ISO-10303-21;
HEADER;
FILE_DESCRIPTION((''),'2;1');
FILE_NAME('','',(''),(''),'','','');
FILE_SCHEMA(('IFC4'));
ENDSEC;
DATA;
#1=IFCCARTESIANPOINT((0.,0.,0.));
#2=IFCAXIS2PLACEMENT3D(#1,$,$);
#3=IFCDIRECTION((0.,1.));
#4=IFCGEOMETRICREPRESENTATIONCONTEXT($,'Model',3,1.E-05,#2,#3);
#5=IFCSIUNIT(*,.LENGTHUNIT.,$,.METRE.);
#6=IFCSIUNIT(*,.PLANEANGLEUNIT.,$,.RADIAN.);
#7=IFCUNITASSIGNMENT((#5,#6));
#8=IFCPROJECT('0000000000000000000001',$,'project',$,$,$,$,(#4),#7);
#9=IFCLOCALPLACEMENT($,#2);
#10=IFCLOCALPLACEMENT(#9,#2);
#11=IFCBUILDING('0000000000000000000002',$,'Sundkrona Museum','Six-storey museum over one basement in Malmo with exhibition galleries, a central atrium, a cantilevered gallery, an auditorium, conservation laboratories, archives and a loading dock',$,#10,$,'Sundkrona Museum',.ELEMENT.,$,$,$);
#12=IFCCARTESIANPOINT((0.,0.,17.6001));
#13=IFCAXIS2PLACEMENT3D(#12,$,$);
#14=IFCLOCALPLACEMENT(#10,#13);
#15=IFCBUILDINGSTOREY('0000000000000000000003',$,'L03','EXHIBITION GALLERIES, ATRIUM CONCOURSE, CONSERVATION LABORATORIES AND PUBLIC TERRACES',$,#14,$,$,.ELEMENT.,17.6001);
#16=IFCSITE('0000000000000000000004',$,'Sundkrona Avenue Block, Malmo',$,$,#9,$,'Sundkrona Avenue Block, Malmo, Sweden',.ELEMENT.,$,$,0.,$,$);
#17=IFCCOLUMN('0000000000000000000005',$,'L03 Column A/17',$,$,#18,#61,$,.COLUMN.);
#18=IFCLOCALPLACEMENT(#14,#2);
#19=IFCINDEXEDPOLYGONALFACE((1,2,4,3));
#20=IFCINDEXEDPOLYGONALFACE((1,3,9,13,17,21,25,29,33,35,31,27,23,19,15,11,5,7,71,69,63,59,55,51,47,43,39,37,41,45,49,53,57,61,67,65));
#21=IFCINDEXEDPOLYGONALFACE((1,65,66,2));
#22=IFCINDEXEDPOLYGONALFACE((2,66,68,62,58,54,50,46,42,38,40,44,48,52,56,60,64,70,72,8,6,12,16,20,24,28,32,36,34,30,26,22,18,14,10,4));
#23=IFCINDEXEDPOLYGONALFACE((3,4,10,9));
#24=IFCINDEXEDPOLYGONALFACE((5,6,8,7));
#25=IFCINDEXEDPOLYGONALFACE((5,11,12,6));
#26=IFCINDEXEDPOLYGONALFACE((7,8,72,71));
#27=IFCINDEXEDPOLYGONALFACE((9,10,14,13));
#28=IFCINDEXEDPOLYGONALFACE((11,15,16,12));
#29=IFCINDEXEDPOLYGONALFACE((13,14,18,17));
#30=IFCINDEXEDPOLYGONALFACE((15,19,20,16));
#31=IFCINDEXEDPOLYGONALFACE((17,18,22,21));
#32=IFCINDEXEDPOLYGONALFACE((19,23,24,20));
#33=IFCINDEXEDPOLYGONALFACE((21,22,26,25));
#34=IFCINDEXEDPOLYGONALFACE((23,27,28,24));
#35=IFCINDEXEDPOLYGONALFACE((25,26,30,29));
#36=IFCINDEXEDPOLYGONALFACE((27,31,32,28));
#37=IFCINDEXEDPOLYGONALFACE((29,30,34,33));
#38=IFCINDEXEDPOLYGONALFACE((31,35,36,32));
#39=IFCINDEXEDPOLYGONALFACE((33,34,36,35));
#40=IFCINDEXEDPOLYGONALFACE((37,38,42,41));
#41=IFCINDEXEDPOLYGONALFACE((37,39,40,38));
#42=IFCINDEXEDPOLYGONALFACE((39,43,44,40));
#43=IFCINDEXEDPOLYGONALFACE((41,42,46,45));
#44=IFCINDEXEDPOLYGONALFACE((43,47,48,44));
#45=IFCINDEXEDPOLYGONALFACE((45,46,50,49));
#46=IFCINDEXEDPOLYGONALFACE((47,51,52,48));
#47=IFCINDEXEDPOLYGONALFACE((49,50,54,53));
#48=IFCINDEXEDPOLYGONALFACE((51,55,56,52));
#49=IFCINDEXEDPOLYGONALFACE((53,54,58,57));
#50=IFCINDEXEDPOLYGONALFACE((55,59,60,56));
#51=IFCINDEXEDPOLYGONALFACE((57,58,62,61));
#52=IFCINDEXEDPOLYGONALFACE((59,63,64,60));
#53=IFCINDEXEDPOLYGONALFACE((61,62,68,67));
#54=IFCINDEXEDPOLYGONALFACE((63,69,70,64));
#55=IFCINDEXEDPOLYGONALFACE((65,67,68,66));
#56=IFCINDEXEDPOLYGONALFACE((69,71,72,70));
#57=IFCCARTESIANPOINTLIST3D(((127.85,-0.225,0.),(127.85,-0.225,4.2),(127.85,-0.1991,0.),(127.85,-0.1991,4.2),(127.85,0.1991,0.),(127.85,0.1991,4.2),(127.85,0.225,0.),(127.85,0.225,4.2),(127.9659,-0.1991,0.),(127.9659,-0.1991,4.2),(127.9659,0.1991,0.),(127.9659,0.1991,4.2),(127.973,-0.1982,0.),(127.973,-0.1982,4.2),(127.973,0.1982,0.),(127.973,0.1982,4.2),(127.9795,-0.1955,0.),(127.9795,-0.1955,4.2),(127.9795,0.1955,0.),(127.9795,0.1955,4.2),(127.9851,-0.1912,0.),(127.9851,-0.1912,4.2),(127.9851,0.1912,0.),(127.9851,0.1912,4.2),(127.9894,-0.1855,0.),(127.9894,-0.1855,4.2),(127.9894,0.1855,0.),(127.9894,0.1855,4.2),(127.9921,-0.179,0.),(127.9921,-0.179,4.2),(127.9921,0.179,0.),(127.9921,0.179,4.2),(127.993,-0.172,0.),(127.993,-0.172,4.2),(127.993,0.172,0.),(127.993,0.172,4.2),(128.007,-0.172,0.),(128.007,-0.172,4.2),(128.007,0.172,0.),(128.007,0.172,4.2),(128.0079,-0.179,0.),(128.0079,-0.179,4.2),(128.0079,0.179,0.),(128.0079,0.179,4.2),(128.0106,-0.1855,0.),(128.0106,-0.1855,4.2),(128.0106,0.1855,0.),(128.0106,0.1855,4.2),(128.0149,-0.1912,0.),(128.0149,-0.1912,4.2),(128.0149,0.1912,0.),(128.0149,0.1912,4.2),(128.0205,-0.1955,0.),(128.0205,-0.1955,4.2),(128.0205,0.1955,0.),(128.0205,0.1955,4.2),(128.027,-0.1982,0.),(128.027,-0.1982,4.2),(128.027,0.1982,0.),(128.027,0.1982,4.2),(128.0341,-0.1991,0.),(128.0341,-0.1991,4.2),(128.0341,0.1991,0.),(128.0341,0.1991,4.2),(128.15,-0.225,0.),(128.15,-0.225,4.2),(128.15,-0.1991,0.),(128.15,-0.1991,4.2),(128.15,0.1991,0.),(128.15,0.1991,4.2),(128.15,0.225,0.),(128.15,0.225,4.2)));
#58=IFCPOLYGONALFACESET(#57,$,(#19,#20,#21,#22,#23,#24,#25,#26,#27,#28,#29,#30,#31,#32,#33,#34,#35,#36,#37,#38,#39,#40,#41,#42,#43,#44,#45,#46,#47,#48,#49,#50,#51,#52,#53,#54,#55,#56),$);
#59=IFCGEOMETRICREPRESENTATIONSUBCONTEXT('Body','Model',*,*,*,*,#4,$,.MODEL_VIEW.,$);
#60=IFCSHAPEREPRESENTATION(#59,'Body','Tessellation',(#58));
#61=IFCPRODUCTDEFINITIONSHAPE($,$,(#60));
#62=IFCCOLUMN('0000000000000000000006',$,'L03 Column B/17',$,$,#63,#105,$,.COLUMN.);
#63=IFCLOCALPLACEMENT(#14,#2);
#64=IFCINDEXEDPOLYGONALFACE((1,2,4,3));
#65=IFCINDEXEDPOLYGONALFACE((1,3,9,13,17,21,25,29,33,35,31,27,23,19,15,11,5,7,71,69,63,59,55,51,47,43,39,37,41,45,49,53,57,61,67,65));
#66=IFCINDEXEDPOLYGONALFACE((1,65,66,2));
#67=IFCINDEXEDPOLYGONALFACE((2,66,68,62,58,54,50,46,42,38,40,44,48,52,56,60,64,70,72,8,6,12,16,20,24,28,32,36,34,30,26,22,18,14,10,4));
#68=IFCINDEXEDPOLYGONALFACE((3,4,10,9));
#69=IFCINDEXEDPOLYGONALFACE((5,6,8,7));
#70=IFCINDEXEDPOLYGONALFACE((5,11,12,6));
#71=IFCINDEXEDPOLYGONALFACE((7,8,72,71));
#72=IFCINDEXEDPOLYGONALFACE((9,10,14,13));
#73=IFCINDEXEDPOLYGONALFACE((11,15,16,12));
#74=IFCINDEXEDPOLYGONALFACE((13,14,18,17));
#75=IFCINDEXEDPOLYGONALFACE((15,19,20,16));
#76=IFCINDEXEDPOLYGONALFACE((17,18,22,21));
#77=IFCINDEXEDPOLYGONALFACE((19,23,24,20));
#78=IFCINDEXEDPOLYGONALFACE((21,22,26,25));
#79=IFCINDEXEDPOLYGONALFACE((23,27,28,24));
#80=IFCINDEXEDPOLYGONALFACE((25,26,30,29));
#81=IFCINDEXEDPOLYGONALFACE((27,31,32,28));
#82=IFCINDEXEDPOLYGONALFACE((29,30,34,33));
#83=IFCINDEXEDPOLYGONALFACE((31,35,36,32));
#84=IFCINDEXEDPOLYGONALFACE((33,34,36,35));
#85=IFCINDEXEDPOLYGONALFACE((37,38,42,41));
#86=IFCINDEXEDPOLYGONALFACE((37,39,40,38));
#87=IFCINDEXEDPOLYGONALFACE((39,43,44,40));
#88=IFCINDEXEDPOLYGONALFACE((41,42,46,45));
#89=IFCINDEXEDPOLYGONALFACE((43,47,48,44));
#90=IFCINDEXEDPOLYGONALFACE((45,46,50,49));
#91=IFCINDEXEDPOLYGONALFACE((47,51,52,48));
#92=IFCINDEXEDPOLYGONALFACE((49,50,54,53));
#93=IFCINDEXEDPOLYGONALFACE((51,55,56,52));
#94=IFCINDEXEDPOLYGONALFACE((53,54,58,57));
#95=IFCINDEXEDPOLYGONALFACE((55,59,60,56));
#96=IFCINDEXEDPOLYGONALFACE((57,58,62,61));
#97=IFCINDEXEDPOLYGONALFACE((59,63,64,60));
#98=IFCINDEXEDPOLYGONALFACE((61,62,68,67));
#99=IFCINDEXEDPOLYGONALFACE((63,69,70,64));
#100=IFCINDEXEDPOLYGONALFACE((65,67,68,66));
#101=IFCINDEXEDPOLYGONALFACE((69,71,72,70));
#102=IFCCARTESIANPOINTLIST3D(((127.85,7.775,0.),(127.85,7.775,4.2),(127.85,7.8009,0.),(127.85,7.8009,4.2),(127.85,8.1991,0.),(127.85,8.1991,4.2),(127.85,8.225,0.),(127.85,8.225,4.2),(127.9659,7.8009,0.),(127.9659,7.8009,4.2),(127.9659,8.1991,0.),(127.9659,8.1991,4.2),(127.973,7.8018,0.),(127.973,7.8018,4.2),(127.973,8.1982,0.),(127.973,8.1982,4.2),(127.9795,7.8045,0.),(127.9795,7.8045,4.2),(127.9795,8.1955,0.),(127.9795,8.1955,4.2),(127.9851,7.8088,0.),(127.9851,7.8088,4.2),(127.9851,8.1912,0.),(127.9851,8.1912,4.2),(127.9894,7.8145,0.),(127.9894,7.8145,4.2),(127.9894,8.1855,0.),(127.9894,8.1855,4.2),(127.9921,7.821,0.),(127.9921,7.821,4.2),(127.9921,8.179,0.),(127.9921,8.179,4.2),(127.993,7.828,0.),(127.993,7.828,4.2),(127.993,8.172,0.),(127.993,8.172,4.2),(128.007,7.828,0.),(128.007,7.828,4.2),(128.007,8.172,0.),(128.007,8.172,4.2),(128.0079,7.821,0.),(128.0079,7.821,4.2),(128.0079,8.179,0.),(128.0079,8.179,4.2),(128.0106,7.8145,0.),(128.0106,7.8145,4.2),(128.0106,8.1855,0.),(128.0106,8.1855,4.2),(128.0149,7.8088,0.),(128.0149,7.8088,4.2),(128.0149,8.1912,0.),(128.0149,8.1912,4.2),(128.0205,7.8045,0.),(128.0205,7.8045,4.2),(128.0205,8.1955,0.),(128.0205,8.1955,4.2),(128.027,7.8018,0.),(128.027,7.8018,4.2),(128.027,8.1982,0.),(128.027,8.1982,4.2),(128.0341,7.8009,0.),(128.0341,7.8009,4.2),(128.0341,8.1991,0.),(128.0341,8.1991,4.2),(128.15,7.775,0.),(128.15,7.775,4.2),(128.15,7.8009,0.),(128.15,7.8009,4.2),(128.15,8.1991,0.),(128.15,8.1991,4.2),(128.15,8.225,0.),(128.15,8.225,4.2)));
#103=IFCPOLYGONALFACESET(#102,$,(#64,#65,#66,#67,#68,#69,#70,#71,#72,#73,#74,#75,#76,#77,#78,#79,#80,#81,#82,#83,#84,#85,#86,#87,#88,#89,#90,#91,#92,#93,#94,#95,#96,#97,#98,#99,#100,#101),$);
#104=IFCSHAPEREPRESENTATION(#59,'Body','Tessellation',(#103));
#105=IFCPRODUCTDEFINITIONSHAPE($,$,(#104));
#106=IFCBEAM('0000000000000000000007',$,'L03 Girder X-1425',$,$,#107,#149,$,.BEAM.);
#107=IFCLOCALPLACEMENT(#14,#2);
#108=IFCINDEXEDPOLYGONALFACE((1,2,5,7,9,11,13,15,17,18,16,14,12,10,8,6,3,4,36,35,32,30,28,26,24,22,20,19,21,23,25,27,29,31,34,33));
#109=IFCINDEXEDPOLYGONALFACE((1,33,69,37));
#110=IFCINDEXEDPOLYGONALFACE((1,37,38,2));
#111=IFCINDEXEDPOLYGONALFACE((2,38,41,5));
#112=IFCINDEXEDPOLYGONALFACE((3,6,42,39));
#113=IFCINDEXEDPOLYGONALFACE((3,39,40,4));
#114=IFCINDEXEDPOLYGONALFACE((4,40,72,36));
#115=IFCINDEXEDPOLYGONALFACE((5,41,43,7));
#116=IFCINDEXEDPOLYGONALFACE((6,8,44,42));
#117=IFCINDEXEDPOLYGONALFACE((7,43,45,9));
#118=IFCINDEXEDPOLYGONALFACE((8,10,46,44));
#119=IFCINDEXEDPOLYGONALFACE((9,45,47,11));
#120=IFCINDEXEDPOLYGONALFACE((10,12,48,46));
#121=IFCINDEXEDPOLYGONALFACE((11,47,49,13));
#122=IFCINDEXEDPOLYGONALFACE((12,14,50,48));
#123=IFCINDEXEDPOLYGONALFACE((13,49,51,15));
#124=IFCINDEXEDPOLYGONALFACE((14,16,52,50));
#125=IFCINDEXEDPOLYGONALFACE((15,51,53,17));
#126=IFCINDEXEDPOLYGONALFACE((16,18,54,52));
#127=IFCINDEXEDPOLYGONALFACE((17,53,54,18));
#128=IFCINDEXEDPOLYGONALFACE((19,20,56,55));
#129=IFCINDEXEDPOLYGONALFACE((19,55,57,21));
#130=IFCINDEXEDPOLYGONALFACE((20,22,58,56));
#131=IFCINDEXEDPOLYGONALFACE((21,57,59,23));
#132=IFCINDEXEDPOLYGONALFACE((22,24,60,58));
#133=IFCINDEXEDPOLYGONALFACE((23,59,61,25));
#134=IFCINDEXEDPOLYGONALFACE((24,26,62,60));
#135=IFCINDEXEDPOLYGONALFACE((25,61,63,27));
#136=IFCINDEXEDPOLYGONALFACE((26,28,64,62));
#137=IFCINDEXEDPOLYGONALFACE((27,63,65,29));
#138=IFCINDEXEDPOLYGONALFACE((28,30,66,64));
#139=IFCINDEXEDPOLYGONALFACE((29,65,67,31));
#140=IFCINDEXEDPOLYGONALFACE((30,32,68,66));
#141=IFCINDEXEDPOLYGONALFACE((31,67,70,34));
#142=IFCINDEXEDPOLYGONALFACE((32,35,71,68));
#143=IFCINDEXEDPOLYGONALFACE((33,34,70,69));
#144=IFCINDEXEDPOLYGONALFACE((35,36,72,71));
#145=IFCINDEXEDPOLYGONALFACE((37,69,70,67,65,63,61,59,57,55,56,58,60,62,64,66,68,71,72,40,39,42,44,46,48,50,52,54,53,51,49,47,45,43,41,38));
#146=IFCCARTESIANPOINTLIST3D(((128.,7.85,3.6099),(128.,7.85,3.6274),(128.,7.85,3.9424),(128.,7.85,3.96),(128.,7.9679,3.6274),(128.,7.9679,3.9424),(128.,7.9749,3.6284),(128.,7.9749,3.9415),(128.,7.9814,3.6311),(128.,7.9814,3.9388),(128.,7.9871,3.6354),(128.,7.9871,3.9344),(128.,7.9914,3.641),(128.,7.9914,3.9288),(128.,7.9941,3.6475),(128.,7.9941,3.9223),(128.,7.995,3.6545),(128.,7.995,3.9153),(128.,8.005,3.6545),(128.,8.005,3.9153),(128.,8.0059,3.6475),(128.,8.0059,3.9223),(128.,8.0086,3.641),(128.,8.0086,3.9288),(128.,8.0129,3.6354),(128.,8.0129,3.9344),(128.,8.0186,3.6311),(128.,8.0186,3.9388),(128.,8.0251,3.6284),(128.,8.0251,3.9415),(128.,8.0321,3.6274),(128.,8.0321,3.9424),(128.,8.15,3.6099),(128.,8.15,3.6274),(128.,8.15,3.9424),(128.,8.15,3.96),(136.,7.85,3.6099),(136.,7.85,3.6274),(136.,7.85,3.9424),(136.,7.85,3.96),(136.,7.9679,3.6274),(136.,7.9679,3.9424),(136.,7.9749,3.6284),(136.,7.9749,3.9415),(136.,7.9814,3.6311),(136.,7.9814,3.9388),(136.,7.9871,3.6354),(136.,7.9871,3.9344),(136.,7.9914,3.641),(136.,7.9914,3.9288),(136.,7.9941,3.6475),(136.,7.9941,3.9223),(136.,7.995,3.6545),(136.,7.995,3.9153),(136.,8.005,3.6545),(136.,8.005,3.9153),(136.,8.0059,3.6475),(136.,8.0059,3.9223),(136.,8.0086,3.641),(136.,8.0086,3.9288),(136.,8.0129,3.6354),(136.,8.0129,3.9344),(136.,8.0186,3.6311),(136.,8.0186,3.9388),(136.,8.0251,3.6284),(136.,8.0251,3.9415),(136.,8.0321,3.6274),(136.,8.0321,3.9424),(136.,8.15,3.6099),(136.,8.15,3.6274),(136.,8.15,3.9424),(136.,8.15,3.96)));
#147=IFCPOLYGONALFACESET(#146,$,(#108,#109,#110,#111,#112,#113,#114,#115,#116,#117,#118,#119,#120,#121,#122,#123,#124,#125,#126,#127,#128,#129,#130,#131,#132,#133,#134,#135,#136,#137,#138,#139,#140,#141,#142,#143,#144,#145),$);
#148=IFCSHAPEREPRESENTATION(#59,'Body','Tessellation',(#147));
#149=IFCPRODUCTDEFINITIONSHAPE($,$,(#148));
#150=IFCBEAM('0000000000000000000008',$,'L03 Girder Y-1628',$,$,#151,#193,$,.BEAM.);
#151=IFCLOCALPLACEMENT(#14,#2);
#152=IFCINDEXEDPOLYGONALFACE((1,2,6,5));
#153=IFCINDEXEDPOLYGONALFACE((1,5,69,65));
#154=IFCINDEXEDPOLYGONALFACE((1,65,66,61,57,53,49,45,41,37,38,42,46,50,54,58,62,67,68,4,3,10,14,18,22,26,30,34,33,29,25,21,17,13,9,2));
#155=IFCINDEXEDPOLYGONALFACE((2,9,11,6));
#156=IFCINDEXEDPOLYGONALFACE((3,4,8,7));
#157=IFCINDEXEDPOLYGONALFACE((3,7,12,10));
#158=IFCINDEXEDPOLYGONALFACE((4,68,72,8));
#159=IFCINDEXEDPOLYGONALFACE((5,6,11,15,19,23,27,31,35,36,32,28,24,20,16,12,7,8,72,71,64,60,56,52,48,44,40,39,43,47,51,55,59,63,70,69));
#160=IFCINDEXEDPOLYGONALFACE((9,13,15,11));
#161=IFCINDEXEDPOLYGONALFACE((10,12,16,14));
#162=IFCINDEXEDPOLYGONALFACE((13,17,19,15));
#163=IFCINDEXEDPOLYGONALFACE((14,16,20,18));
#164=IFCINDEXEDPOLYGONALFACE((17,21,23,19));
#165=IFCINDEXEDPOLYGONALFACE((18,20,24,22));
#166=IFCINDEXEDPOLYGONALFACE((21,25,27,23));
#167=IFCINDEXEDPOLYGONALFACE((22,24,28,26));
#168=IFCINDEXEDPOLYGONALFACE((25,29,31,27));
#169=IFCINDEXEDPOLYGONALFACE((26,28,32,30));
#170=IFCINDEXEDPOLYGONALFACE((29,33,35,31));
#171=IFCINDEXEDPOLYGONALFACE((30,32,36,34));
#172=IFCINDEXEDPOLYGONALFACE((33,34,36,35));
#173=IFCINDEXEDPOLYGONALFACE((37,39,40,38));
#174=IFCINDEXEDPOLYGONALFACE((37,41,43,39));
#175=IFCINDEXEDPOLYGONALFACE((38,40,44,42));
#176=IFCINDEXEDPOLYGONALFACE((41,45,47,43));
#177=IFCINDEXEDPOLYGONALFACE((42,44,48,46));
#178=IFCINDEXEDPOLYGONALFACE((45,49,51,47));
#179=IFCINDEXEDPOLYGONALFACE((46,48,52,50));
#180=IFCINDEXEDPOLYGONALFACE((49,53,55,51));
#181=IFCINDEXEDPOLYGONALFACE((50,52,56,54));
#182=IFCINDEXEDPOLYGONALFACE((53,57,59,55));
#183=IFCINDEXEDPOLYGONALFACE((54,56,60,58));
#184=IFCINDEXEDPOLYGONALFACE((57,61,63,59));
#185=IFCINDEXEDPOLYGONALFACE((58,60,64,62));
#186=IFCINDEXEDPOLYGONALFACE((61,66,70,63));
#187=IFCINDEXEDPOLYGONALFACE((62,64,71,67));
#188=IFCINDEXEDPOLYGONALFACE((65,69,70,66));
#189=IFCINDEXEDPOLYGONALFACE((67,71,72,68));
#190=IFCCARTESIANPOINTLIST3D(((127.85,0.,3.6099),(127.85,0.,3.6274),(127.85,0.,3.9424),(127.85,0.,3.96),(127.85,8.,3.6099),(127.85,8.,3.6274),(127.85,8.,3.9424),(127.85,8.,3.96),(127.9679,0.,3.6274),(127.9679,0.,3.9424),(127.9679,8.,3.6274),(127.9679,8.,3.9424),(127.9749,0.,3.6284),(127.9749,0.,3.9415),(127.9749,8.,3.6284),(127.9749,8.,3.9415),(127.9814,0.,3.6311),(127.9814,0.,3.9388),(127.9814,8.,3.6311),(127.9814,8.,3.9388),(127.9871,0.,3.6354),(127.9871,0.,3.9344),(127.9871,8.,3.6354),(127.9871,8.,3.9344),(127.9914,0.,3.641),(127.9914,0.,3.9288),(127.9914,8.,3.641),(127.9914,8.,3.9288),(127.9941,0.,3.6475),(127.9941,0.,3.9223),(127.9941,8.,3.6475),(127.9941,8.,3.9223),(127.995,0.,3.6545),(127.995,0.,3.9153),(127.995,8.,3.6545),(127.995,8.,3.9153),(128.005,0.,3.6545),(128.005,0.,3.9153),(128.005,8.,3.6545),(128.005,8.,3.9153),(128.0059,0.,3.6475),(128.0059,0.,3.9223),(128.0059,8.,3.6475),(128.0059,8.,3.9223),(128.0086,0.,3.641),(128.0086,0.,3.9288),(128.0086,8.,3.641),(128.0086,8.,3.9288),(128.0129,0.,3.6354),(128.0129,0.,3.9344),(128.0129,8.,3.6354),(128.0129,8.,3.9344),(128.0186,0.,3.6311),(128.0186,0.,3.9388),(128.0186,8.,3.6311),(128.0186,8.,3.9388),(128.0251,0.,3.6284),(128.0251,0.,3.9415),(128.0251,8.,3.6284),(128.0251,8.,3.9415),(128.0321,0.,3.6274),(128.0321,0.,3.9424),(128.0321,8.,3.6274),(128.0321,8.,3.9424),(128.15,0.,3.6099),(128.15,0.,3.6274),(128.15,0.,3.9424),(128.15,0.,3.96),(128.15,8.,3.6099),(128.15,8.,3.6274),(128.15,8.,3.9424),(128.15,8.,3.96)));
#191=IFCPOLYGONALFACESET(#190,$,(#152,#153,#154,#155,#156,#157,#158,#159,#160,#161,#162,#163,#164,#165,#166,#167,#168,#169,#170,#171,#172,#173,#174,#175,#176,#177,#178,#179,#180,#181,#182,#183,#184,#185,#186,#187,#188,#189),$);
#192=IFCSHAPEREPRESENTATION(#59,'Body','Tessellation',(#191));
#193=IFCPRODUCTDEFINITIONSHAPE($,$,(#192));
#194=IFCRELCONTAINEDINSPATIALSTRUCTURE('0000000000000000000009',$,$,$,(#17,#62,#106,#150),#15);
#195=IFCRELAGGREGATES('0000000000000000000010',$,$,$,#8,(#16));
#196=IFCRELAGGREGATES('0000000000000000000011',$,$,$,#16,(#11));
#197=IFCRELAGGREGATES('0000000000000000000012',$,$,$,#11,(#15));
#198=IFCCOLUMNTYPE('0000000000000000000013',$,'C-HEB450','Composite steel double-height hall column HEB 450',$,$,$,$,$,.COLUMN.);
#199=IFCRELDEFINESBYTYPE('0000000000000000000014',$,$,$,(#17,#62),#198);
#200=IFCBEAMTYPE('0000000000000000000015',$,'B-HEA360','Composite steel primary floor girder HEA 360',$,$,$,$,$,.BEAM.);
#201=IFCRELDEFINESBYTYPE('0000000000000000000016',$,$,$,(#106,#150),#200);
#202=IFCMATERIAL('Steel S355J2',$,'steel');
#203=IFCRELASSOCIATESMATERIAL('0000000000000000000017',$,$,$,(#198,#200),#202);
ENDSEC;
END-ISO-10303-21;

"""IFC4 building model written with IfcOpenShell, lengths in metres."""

from ifc_helpers import new_model, si_unit, direction, frame, origin, origin_2d, place, context, subcontext, project, spatial, i_section, extrude, material, material_profile, profile_set, type_object, element, save


model = new_model("IFC4")

# Units and contexts
model_context = context("Model", 3, precision=1e-05, world=origin(), true_north=direction((0.0, 1.0)))
body_context = subcontext(model_context, "Body", "Model", "MODEL_VIEW")
ifc_project = project(units=[si_unit("LENGTHUNIT", "METRE"), si_unit("PLANEANGLEUNIT", "RADIAN")], contexts=[model_context])

# Site, building, storey
site_placement = place(None, origin())
site = spatial("IfcSite", under=ifc_project, at=site_placement, Name="Sundkrona Avenue Block, Malmo", LongName="Sundkrona Avenue Block, Malmo, Sweden", CompositionType="ELEMENT", RefElevation=0.0)
building_placement = place(site_placement, origin())
building = spatial("IfcBuilding", under=site, at=building_placement, Name="Sundkrona Museum", Description="Six-storey museum over one basement in Malmo with exhibition galleries, a central atrium, a cantilevered gallery, an auditorium, conservation laboratories, archives and a loading dock", LongName="Sundkrona Museum", CompositionType="ELEMENT")
storey_placement = place(building_placement, frame((0.0, 0.0, 17.6001)))
storey = spatial("IfcBuildingStorey", under=building, at=storey_placement, Name="L03", Description="EXHIBITION GALLERIES, ATRIUM CONCOURSE, CONSERVATION LABORATORIES AND PUBLIC TERRACES", CompositionType="ELEMENT", Elevation=17.6001)

# Columns
ifc_material_1 = material(Name="Steel S355J2", Category="steel")
ifc_material_profile_1 = material_profile(ifc_material_1, i_section(OverallWidth=0.3, OverallDepth=0.45, WebThickness=0.0139, FlangeThickness=0.0259, FilletRadius=0.0271, at=origin_2d()), Name="HEB 450")
ifc_profile_set_1 = profile_set([ifc_material_profile_1], Name="Steel S355J2")
column_type = type_object("IfcColumnType", Name="C-HEB450", Description="Composite steel double-height hall column HEB 450", PredefinedType="COLUMN", material=ifc_profile_set_1)
for number, where, z_axis, x_axis, name in (
    (1, (128.0, 0.0, 0.0), (0.0, 0.0, 1.0), (1.0, 0.0, 0.0), "L03 Column A/17"),
    (2, (128.0, 8.0, 0.0), (0.0, 0.0, 1.0), (1.0, 0.0, 0.0), "L03 Column B/17"),
):
    element("IfcColumn", number, at=place(storey_placement, frame(where, z_axis=z_axis, x_axis=x_axis)), inside=storey, type_object=column_type, Name=name, PredefinedType="COLUMN", context=body_context, shape_type="SweptSolid", body=[
        extrude(i_section(OverallWidth=0.3, OverallDepth=0.45, WebThickness=0.0139, FlangeThickness=0.0259, FilletRadius=0.0271, at=origin_2d()), origin(), (0.0, 0.0, 1.0), 4.2),
    ])

# Beams
ifc_material_profile_2 = material_profile(ifc_material_1, i_section(OverallWidth=0.3, OverallDepth=0.3501, WebThickness=0.01, FlangeThickness=0.0176, FilletRadius=0.0271, at=origin_2d()), Name="HEA 360")
ifc_profile_set_2 = profile_set([ifc_material_profile_2], Name="Steel S355J2")
beam_type_1 = type_object("IfcBeamType", Name="B-HEA360", Description="Composite steel primary floor girder HEA 360", PredefinedType="BEAM", material=ifc_profile_set_2)
for number, where, z_axis, x_axis, name in (
    (3, (128.0, 8.0, 3.7849), (1.0, 0.0, 0.0), (0.0, 1.0, 0.0), "L03 Girder X-1425"),
    (4, (128.0, 0.0, 3.7849), (0.0, 1.0, 0.0), (-1.0, 0.0, 0.0), "L03 Girder Y-1628"),
):
    element("IfcBeam", number, at=place(storey_placement, frame(where, z_axis=z_axis, x_axis=x_axis)), inside=storey, type_object=beam_type_1, Name=name, PredefinedType="BEAM", context=body_context, shape_type="SweptSolid", body=[
        extrude(i_section(OverallWidth=0.3, OverallDepth=0.3501, WebThickness=0.01, FlangeThickness=0.0176, FilletRadius=0.0271, at=origin_2d()), origin(), (0.0, 0.0, 1.0), 8.0),
    ])

save(model, "model.ifc")
